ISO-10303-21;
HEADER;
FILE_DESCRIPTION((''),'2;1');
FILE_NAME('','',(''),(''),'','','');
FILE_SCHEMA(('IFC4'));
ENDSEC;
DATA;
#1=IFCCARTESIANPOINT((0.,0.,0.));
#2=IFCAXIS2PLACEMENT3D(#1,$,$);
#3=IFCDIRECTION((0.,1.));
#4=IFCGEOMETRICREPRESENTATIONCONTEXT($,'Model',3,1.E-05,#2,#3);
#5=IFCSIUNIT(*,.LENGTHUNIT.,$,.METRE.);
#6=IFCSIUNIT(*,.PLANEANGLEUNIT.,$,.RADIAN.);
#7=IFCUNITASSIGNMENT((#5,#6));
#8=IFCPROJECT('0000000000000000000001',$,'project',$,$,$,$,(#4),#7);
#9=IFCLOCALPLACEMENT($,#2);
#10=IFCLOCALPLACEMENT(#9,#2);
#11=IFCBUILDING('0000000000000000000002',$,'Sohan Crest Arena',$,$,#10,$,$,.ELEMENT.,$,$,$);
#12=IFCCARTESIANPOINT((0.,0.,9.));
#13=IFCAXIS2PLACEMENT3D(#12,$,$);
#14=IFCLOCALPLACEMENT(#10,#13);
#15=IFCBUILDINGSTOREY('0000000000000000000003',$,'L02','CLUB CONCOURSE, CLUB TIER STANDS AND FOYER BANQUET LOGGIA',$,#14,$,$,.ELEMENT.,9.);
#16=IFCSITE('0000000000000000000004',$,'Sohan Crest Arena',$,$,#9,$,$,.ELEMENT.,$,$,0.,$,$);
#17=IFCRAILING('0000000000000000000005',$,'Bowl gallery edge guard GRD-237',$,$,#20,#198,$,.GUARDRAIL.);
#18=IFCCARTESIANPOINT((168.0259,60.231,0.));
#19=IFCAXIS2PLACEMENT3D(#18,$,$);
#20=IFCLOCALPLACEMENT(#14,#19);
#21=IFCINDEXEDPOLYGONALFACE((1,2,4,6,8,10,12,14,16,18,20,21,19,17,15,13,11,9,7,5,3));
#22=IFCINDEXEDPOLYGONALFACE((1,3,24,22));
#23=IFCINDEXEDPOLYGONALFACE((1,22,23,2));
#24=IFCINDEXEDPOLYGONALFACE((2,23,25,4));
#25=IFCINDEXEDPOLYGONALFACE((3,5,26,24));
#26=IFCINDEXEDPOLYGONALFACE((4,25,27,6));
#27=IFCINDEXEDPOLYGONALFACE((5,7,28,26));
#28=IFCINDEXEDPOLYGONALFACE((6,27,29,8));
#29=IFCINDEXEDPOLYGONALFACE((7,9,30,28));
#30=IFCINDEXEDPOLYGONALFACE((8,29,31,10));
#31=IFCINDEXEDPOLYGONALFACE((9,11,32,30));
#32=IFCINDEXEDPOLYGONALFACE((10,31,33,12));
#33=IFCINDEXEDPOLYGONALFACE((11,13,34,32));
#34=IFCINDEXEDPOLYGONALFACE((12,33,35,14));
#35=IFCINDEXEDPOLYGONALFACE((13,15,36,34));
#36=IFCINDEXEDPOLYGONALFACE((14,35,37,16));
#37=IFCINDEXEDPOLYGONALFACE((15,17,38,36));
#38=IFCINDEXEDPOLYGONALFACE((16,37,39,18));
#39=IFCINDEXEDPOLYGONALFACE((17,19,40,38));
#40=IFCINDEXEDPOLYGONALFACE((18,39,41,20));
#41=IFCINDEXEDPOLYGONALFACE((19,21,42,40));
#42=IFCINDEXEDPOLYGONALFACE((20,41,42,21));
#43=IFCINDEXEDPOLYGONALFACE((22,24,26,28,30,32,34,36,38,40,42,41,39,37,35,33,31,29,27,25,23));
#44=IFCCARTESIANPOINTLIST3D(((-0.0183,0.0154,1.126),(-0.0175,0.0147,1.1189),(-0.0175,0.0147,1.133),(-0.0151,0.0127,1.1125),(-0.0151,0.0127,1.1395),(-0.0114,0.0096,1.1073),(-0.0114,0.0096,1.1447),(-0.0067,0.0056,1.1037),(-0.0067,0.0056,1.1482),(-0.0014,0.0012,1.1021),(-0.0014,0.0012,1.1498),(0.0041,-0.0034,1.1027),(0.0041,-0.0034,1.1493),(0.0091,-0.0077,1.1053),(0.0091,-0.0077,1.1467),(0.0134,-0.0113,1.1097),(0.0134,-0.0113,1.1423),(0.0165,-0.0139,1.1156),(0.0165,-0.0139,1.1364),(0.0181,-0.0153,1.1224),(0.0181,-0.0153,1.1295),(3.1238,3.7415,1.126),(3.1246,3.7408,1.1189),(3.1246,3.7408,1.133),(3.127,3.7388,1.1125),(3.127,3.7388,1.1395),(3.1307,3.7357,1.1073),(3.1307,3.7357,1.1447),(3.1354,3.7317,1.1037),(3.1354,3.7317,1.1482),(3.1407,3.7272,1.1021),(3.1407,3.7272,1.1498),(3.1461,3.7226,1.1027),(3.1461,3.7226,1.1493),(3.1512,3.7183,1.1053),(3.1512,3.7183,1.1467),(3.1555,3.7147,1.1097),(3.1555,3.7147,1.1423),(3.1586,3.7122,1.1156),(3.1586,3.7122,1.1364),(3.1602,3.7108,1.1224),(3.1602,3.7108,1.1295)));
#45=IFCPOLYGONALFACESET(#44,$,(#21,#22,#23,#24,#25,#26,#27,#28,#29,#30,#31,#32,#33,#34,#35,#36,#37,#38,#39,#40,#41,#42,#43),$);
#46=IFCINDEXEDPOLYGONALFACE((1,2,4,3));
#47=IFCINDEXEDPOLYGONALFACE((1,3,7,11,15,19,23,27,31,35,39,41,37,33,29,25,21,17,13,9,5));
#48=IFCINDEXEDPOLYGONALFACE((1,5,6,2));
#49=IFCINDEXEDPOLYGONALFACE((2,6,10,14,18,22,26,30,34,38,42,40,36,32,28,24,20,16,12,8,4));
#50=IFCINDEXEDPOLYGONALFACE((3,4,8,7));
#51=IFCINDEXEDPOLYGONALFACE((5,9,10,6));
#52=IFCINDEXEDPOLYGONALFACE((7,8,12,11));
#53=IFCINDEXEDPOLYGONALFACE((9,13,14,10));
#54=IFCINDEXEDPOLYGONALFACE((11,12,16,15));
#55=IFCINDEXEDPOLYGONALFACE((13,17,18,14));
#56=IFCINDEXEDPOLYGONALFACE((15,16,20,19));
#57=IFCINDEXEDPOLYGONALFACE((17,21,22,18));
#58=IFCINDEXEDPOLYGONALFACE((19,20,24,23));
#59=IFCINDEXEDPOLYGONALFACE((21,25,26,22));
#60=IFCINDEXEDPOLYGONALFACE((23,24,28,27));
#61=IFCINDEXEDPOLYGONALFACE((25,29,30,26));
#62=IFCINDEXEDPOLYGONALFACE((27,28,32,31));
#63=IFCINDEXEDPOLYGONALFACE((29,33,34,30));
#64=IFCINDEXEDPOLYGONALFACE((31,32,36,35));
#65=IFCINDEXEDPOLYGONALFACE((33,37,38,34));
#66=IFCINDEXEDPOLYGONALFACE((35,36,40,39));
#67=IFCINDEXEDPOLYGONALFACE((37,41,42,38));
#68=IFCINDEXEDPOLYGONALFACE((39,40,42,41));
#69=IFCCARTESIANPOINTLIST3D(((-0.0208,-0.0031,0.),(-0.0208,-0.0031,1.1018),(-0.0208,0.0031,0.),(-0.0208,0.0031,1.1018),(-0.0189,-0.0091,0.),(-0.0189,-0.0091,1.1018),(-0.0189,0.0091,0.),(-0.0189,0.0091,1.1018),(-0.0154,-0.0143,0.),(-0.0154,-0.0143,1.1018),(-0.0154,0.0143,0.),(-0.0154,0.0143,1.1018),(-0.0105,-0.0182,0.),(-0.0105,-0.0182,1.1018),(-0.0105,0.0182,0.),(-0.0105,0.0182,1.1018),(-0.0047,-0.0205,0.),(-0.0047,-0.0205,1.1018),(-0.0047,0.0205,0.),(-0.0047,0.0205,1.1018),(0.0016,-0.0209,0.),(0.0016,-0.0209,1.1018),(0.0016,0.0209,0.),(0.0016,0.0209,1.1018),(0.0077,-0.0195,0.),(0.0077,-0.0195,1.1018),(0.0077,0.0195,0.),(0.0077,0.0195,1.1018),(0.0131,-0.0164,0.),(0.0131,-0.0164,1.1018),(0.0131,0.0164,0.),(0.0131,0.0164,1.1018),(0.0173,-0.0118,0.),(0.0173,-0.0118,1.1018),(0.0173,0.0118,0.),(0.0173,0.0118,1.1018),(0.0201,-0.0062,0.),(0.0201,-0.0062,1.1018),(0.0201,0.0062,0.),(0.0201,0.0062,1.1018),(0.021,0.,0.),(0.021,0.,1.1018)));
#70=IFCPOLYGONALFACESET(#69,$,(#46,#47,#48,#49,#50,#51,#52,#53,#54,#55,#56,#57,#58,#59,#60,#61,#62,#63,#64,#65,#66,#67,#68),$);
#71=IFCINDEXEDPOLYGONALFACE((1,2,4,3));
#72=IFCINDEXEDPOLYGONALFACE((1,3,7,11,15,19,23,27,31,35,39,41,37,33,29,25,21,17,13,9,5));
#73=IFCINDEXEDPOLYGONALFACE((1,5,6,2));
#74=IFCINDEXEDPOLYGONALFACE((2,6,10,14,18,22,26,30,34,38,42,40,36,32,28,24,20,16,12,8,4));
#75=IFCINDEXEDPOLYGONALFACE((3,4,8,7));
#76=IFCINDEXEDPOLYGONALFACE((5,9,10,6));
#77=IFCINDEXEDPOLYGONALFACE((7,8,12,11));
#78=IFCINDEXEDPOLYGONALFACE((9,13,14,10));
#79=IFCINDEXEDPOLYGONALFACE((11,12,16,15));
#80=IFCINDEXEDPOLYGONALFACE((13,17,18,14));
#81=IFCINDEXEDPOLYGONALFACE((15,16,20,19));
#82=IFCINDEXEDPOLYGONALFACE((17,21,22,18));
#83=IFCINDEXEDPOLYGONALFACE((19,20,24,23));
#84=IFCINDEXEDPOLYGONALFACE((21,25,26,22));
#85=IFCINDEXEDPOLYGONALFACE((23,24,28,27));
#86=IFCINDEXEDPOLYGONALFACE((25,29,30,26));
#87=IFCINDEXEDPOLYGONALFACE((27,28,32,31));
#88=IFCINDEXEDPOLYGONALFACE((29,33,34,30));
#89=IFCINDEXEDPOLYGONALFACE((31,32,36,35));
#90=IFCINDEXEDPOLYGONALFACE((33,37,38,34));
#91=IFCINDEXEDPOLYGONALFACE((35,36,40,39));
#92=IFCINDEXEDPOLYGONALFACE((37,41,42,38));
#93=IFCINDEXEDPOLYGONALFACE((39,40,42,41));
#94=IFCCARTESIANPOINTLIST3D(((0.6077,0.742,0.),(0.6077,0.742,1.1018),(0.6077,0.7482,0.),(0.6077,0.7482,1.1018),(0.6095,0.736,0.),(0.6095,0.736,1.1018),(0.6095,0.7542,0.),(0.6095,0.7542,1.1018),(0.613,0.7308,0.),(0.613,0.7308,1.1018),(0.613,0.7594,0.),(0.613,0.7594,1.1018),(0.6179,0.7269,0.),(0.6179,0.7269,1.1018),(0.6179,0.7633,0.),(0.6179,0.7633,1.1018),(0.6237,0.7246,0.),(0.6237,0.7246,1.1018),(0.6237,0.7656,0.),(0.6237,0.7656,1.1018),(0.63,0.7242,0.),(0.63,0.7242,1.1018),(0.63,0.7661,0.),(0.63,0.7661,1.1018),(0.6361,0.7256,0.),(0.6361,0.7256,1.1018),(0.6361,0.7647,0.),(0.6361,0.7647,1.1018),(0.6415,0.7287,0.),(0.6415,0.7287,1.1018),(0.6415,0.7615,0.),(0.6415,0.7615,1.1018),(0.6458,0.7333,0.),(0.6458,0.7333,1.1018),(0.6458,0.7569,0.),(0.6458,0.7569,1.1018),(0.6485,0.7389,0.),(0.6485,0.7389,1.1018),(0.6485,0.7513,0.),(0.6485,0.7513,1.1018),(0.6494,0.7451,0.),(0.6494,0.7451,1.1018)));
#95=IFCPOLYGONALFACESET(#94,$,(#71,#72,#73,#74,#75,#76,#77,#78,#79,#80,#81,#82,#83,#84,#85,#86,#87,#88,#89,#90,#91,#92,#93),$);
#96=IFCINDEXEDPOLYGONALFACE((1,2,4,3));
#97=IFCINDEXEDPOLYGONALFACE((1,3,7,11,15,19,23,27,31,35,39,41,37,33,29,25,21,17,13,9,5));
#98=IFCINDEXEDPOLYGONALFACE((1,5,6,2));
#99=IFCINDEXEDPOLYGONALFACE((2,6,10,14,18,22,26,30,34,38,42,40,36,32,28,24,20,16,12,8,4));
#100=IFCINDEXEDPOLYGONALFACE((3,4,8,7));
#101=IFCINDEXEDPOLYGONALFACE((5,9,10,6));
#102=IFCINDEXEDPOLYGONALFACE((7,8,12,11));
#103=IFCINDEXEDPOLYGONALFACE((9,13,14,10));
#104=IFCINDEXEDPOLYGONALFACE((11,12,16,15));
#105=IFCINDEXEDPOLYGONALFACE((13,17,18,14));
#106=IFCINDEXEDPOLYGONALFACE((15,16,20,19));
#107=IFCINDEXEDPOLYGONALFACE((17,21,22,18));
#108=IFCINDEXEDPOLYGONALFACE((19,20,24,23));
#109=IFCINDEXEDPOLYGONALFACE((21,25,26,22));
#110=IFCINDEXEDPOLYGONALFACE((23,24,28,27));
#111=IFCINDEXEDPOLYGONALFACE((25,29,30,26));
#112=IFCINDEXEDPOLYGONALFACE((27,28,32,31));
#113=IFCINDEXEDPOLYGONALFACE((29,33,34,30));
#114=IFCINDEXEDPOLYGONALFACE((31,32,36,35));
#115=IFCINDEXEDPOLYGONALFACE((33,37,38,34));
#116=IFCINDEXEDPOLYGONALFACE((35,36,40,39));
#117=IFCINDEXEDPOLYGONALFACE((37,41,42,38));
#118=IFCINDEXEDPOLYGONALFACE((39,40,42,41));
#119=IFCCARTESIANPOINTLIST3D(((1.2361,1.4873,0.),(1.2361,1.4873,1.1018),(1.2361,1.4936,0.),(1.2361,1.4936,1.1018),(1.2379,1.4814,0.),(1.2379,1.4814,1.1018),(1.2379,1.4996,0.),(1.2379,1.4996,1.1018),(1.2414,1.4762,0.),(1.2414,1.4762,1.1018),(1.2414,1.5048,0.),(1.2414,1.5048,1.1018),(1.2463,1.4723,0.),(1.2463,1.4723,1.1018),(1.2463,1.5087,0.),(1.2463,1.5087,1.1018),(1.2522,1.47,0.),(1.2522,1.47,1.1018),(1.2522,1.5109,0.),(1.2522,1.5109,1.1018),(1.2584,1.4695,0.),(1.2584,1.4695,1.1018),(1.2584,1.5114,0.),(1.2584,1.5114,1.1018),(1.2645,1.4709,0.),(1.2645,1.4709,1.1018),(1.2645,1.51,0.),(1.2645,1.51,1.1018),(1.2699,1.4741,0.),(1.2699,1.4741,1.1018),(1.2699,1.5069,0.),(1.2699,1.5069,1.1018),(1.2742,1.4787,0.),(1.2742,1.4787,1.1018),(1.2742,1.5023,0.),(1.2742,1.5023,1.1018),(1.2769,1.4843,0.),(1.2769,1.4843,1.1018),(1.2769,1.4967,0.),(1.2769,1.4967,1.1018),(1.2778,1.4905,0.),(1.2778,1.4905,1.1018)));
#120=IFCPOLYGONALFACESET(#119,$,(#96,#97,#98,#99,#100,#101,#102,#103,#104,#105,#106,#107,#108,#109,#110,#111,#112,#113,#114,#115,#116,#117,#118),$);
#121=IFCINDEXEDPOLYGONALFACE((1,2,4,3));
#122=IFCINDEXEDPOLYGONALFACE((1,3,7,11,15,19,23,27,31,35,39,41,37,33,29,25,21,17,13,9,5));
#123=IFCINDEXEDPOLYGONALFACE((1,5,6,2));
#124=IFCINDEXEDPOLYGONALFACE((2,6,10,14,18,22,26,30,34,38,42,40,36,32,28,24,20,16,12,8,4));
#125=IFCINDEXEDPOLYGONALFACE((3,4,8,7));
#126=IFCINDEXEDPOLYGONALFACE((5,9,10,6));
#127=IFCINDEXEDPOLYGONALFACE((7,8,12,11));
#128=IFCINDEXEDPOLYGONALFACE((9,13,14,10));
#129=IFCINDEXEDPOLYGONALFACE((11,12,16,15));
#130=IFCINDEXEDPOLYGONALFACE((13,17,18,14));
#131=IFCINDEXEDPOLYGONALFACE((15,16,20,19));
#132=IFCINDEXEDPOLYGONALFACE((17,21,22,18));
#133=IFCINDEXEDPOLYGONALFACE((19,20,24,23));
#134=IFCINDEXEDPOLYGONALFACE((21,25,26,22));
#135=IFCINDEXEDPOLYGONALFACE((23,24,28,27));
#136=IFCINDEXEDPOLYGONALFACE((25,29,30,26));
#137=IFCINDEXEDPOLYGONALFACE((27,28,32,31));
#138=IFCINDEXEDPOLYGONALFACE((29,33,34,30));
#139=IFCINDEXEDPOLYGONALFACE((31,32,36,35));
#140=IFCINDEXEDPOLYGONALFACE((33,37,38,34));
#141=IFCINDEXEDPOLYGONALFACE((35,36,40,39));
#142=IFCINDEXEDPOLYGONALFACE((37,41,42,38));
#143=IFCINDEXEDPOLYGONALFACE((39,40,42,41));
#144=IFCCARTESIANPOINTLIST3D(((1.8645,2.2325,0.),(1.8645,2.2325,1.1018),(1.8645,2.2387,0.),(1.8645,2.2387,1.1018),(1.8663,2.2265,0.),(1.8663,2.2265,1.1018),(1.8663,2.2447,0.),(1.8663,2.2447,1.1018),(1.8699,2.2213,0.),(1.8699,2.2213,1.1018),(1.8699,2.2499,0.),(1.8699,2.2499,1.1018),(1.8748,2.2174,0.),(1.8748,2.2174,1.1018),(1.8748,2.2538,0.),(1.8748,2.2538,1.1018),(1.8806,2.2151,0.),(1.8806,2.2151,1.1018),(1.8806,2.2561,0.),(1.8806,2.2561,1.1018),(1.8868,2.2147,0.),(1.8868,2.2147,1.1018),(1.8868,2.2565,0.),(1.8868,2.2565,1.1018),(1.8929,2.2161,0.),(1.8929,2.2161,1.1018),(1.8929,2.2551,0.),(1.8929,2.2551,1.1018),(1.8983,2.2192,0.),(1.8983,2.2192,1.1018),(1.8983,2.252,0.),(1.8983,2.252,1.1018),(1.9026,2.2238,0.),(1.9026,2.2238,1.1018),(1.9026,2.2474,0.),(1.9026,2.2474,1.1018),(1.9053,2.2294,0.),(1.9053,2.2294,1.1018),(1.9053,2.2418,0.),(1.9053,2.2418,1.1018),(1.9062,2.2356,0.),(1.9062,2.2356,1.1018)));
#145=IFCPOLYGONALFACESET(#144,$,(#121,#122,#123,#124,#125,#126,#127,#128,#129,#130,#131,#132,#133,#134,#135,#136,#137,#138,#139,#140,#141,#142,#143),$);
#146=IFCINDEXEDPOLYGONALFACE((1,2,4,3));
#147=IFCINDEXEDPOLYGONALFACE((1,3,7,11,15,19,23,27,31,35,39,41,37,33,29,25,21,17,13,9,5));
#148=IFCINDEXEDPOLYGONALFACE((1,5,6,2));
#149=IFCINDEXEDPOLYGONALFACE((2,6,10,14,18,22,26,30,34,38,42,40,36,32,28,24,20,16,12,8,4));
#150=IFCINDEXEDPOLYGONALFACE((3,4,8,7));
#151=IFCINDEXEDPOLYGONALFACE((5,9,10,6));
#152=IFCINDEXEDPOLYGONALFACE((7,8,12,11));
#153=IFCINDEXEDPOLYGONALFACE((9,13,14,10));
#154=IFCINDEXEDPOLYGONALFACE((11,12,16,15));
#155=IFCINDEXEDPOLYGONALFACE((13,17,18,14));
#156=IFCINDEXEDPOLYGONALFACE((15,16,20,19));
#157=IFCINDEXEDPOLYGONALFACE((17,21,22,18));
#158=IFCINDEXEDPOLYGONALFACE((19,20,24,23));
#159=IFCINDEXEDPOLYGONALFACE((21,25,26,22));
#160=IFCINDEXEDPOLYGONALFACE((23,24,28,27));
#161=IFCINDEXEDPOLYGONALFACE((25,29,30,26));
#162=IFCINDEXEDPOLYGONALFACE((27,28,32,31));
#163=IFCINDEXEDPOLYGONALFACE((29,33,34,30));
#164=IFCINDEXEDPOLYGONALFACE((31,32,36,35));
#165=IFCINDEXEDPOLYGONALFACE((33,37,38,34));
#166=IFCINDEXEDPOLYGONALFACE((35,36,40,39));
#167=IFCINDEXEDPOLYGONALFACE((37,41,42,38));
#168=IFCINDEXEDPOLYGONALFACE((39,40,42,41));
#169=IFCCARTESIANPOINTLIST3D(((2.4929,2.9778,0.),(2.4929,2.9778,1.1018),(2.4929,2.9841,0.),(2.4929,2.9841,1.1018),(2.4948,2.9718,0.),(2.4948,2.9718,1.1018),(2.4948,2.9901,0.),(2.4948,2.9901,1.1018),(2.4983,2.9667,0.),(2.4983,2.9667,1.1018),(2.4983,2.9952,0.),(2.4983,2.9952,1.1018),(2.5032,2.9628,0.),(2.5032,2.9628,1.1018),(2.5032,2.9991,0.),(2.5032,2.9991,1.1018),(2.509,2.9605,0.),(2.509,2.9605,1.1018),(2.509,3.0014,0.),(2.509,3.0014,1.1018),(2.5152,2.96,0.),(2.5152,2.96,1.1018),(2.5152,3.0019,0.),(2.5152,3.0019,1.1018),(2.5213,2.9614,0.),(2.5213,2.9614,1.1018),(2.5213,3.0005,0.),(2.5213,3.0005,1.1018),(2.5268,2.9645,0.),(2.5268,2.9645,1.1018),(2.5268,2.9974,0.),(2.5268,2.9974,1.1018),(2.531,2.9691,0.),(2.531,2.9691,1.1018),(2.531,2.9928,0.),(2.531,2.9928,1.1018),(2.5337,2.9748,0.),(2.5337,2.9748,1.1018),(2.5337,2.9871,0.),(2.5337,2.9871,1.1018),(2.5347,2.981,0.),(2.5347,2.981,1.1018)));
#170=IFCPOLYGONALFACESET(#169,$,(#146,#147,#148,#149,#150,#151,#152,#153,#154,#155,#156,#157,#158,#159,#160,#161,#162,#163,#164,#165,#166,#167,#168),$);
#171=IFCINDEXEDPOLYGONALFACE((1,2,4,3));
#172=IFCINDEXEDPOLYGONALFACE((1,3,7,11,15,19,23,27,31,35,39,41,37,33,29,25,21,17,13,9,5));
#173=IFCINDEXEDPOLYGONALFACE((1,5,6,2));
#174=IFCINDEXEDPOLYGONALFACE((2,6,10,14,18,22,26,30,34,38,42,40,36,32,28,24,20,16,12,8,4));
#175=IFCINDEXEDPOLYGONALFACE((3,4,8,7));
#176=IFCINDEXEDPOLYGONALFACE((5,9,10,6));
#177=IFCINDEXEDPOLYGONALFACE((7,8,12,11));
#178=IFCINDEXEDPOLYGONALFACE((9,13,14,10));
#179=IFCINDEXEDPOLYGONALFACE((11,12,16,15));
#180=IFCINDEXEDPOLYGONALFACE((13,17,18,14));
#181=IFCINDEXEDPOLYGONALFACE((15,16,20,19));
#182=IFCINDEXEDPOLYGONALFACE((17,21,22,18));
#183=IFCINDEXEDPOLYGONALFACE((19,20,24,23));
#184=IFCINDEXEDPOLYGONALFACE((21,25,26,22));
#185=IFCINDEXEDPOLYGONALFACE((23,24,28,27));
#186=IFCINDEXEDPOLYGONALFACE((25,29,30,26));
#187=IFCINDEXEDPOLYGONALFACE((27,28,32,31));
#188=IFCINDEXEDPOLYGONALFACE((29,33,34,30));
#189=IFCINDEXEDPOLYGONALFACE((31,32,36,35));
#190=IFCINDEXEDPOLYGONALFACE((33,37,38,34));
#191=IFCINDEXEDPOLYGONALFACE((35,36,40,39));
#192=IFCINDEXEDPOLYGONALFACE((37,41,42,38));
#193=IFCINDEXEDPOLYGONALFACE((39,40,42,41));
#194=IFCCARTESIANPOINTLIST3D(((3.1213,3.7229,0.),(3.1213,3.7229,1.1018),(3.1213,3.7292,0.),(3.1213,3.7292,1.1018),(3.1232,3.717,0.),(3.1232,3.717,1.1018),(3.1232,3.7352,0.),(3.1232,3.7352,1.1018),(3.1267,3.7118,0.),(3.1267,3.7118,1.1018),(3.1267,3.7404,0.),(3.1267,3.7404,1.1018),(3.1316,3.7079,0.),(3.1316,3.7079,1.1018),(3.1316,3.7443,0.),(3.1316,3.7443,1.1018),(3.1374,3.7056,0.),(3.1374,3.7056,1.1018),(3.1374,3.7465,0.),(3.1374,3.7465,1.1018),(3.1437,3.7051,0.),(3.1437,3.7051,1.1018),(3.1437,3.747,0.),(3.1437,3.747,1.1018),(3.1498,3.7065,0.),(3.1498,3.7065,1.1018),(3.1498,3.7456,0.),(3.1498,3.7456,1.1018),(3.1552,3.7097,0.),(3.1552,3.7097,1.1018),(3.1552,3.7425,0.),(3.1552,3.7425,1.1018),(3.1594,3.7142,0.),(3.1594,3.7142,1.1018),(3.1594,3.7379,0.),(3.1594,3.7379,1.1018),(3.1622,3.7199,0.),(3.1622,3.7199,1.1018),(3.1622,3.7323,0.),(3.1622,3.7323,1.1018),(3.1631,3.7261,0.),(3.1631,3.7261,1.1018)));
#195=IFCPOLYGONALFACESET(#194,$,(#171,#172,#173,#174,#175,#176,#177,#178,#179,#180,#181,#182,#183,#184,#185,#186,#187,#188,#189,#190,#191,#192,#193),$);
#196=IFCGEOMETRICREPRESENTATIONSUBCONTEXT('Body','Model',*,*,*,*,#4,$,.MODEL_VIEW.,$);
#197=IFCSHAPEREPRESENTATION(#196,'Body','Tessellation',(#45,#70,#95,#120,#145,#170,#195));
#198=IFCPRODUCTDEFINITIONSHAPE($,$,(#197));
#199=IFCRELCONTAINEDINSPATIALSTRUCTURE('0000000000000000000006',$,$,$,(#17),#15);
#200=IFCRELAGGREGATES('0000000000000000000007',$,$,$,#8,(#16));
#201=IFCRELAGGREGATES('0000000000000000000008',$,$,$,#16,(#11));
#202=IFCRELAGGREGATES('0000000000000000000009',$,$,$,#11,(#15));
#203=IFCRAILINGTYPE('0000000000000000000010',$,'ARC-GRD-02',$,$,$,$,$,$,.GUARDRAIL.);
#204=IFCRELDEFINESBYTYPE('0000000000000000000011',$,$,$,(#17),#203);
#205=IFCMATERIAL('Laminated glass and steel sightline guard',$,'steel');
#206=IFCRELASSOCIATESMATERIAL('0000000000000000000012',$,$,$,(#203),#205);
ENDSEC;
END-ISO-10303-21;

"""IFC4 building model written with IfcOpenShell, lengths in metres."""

from ifc_helpers import new_model, si_unit, direction, frame, origin, origin_2d, place, context, subcontext, project, spatial, circle, extrude, material, type_object, element, save


model = new_model("IFC4")

# Units and contexts
model_context = context("Model", 3, precision=1e-05, world=origin(), true_north=direction((0.0, 1.0)))
body_context = subcontext(model_context, "Body", "Model", "MODEL_VIEW")
ifc_project = project(units=[si_unit("LENGTHUNIT", "METRE"), si_unit("PLANEANGLEUNIT", "RADIAN")], contexts=[model_context])

# Site, building, storey
site_placement = place(None, origin())
site = spatial("IfcSite", under=ifc_project, at=site_placement, Name="Sohan Crest Arena", CompositionType="ELEMENT", RefElevation=0.0)
building_placement = place(site_placement, origin())
building = spatial("IfcBuilding", under=site, at=building_placement, Name="Sohan Crest Arena", CompositionType="ELEMENT")
storey_placement = place(building_placement, frame((0.0, 0.0, 9.0)))
storey = spatial("IfcBuildingStorey", under=building, at=storey_placement, Name="L02", Description="CLUB CONCOURSE, CLUB TIER STANDS AND FOYER BANQUET LOGGIA", CompositionType="ELEMENT", Elevation=9.0)

# Railing
ifc_material_1 = material(Name="Laminated glass and steel sightline guard", Category="steel")
railing_type_1 = type_object("IfcRailingType", Name="ARC-GRD-02", PredefinedType="GUARDRAIL", material=ifc_material_1)
railing_1_placement = place(storey_placement, frame((168.0259, 60.231, 0.0)))
element("IfcRailing", 1, at=railing_1_placement, inside=storey, type_object=railing_type_1, Name="Bowl gallery edge guard GRD-237", PredefinedType="GUARDRAIL", context=body_context, shape_type="SweptSolid", body=[
    extrude(circle(Radius=0.0239, at=origin_2d()), frame((0.0, 0.0, 1.126), z_axis=(0.644657, 0.764472, 0.0), x_axis=(-0.764472, 0.644657, 0.0)), (0.0, 0.0, 1.0), 4.874),
    extrude(circle(Radius=0.021, at=origin_2d()), origin(), (0.0, 0.0, 1.0), 1.1018),
    extrude(circle(Radius=0.021, at=origin_2d()), frame((0.6284, 0.7451, 0.0)), (0.0, 0.0, 1.0), 1.1018),
    extrude(circle(Radius=0.021, at=origin_2d()), frame((1.2568, 1.4905, 0.0)), (0.0, 0.0, 1.0), 1.1018),
    extrude(circle(Radius=0.021, at=origin_2d()), frame((1.8853, 2.2356, 0.0)), (0.0, 0.0, 1.0), 1.1018),
    extrude(circle(Radius=0.021, at=origin_2d()), frame((2.5137, 2.981, 0.0)), (0.0, 0.0, 1.0), 1.1018),
    extrude(circle(Radius=0.021, at=origin_2d()), frame((3.1421, 3.7261, 0.0)), (0.0, 0.0, 1.0), 1.1018),
])

save(model, "model.ifc")
